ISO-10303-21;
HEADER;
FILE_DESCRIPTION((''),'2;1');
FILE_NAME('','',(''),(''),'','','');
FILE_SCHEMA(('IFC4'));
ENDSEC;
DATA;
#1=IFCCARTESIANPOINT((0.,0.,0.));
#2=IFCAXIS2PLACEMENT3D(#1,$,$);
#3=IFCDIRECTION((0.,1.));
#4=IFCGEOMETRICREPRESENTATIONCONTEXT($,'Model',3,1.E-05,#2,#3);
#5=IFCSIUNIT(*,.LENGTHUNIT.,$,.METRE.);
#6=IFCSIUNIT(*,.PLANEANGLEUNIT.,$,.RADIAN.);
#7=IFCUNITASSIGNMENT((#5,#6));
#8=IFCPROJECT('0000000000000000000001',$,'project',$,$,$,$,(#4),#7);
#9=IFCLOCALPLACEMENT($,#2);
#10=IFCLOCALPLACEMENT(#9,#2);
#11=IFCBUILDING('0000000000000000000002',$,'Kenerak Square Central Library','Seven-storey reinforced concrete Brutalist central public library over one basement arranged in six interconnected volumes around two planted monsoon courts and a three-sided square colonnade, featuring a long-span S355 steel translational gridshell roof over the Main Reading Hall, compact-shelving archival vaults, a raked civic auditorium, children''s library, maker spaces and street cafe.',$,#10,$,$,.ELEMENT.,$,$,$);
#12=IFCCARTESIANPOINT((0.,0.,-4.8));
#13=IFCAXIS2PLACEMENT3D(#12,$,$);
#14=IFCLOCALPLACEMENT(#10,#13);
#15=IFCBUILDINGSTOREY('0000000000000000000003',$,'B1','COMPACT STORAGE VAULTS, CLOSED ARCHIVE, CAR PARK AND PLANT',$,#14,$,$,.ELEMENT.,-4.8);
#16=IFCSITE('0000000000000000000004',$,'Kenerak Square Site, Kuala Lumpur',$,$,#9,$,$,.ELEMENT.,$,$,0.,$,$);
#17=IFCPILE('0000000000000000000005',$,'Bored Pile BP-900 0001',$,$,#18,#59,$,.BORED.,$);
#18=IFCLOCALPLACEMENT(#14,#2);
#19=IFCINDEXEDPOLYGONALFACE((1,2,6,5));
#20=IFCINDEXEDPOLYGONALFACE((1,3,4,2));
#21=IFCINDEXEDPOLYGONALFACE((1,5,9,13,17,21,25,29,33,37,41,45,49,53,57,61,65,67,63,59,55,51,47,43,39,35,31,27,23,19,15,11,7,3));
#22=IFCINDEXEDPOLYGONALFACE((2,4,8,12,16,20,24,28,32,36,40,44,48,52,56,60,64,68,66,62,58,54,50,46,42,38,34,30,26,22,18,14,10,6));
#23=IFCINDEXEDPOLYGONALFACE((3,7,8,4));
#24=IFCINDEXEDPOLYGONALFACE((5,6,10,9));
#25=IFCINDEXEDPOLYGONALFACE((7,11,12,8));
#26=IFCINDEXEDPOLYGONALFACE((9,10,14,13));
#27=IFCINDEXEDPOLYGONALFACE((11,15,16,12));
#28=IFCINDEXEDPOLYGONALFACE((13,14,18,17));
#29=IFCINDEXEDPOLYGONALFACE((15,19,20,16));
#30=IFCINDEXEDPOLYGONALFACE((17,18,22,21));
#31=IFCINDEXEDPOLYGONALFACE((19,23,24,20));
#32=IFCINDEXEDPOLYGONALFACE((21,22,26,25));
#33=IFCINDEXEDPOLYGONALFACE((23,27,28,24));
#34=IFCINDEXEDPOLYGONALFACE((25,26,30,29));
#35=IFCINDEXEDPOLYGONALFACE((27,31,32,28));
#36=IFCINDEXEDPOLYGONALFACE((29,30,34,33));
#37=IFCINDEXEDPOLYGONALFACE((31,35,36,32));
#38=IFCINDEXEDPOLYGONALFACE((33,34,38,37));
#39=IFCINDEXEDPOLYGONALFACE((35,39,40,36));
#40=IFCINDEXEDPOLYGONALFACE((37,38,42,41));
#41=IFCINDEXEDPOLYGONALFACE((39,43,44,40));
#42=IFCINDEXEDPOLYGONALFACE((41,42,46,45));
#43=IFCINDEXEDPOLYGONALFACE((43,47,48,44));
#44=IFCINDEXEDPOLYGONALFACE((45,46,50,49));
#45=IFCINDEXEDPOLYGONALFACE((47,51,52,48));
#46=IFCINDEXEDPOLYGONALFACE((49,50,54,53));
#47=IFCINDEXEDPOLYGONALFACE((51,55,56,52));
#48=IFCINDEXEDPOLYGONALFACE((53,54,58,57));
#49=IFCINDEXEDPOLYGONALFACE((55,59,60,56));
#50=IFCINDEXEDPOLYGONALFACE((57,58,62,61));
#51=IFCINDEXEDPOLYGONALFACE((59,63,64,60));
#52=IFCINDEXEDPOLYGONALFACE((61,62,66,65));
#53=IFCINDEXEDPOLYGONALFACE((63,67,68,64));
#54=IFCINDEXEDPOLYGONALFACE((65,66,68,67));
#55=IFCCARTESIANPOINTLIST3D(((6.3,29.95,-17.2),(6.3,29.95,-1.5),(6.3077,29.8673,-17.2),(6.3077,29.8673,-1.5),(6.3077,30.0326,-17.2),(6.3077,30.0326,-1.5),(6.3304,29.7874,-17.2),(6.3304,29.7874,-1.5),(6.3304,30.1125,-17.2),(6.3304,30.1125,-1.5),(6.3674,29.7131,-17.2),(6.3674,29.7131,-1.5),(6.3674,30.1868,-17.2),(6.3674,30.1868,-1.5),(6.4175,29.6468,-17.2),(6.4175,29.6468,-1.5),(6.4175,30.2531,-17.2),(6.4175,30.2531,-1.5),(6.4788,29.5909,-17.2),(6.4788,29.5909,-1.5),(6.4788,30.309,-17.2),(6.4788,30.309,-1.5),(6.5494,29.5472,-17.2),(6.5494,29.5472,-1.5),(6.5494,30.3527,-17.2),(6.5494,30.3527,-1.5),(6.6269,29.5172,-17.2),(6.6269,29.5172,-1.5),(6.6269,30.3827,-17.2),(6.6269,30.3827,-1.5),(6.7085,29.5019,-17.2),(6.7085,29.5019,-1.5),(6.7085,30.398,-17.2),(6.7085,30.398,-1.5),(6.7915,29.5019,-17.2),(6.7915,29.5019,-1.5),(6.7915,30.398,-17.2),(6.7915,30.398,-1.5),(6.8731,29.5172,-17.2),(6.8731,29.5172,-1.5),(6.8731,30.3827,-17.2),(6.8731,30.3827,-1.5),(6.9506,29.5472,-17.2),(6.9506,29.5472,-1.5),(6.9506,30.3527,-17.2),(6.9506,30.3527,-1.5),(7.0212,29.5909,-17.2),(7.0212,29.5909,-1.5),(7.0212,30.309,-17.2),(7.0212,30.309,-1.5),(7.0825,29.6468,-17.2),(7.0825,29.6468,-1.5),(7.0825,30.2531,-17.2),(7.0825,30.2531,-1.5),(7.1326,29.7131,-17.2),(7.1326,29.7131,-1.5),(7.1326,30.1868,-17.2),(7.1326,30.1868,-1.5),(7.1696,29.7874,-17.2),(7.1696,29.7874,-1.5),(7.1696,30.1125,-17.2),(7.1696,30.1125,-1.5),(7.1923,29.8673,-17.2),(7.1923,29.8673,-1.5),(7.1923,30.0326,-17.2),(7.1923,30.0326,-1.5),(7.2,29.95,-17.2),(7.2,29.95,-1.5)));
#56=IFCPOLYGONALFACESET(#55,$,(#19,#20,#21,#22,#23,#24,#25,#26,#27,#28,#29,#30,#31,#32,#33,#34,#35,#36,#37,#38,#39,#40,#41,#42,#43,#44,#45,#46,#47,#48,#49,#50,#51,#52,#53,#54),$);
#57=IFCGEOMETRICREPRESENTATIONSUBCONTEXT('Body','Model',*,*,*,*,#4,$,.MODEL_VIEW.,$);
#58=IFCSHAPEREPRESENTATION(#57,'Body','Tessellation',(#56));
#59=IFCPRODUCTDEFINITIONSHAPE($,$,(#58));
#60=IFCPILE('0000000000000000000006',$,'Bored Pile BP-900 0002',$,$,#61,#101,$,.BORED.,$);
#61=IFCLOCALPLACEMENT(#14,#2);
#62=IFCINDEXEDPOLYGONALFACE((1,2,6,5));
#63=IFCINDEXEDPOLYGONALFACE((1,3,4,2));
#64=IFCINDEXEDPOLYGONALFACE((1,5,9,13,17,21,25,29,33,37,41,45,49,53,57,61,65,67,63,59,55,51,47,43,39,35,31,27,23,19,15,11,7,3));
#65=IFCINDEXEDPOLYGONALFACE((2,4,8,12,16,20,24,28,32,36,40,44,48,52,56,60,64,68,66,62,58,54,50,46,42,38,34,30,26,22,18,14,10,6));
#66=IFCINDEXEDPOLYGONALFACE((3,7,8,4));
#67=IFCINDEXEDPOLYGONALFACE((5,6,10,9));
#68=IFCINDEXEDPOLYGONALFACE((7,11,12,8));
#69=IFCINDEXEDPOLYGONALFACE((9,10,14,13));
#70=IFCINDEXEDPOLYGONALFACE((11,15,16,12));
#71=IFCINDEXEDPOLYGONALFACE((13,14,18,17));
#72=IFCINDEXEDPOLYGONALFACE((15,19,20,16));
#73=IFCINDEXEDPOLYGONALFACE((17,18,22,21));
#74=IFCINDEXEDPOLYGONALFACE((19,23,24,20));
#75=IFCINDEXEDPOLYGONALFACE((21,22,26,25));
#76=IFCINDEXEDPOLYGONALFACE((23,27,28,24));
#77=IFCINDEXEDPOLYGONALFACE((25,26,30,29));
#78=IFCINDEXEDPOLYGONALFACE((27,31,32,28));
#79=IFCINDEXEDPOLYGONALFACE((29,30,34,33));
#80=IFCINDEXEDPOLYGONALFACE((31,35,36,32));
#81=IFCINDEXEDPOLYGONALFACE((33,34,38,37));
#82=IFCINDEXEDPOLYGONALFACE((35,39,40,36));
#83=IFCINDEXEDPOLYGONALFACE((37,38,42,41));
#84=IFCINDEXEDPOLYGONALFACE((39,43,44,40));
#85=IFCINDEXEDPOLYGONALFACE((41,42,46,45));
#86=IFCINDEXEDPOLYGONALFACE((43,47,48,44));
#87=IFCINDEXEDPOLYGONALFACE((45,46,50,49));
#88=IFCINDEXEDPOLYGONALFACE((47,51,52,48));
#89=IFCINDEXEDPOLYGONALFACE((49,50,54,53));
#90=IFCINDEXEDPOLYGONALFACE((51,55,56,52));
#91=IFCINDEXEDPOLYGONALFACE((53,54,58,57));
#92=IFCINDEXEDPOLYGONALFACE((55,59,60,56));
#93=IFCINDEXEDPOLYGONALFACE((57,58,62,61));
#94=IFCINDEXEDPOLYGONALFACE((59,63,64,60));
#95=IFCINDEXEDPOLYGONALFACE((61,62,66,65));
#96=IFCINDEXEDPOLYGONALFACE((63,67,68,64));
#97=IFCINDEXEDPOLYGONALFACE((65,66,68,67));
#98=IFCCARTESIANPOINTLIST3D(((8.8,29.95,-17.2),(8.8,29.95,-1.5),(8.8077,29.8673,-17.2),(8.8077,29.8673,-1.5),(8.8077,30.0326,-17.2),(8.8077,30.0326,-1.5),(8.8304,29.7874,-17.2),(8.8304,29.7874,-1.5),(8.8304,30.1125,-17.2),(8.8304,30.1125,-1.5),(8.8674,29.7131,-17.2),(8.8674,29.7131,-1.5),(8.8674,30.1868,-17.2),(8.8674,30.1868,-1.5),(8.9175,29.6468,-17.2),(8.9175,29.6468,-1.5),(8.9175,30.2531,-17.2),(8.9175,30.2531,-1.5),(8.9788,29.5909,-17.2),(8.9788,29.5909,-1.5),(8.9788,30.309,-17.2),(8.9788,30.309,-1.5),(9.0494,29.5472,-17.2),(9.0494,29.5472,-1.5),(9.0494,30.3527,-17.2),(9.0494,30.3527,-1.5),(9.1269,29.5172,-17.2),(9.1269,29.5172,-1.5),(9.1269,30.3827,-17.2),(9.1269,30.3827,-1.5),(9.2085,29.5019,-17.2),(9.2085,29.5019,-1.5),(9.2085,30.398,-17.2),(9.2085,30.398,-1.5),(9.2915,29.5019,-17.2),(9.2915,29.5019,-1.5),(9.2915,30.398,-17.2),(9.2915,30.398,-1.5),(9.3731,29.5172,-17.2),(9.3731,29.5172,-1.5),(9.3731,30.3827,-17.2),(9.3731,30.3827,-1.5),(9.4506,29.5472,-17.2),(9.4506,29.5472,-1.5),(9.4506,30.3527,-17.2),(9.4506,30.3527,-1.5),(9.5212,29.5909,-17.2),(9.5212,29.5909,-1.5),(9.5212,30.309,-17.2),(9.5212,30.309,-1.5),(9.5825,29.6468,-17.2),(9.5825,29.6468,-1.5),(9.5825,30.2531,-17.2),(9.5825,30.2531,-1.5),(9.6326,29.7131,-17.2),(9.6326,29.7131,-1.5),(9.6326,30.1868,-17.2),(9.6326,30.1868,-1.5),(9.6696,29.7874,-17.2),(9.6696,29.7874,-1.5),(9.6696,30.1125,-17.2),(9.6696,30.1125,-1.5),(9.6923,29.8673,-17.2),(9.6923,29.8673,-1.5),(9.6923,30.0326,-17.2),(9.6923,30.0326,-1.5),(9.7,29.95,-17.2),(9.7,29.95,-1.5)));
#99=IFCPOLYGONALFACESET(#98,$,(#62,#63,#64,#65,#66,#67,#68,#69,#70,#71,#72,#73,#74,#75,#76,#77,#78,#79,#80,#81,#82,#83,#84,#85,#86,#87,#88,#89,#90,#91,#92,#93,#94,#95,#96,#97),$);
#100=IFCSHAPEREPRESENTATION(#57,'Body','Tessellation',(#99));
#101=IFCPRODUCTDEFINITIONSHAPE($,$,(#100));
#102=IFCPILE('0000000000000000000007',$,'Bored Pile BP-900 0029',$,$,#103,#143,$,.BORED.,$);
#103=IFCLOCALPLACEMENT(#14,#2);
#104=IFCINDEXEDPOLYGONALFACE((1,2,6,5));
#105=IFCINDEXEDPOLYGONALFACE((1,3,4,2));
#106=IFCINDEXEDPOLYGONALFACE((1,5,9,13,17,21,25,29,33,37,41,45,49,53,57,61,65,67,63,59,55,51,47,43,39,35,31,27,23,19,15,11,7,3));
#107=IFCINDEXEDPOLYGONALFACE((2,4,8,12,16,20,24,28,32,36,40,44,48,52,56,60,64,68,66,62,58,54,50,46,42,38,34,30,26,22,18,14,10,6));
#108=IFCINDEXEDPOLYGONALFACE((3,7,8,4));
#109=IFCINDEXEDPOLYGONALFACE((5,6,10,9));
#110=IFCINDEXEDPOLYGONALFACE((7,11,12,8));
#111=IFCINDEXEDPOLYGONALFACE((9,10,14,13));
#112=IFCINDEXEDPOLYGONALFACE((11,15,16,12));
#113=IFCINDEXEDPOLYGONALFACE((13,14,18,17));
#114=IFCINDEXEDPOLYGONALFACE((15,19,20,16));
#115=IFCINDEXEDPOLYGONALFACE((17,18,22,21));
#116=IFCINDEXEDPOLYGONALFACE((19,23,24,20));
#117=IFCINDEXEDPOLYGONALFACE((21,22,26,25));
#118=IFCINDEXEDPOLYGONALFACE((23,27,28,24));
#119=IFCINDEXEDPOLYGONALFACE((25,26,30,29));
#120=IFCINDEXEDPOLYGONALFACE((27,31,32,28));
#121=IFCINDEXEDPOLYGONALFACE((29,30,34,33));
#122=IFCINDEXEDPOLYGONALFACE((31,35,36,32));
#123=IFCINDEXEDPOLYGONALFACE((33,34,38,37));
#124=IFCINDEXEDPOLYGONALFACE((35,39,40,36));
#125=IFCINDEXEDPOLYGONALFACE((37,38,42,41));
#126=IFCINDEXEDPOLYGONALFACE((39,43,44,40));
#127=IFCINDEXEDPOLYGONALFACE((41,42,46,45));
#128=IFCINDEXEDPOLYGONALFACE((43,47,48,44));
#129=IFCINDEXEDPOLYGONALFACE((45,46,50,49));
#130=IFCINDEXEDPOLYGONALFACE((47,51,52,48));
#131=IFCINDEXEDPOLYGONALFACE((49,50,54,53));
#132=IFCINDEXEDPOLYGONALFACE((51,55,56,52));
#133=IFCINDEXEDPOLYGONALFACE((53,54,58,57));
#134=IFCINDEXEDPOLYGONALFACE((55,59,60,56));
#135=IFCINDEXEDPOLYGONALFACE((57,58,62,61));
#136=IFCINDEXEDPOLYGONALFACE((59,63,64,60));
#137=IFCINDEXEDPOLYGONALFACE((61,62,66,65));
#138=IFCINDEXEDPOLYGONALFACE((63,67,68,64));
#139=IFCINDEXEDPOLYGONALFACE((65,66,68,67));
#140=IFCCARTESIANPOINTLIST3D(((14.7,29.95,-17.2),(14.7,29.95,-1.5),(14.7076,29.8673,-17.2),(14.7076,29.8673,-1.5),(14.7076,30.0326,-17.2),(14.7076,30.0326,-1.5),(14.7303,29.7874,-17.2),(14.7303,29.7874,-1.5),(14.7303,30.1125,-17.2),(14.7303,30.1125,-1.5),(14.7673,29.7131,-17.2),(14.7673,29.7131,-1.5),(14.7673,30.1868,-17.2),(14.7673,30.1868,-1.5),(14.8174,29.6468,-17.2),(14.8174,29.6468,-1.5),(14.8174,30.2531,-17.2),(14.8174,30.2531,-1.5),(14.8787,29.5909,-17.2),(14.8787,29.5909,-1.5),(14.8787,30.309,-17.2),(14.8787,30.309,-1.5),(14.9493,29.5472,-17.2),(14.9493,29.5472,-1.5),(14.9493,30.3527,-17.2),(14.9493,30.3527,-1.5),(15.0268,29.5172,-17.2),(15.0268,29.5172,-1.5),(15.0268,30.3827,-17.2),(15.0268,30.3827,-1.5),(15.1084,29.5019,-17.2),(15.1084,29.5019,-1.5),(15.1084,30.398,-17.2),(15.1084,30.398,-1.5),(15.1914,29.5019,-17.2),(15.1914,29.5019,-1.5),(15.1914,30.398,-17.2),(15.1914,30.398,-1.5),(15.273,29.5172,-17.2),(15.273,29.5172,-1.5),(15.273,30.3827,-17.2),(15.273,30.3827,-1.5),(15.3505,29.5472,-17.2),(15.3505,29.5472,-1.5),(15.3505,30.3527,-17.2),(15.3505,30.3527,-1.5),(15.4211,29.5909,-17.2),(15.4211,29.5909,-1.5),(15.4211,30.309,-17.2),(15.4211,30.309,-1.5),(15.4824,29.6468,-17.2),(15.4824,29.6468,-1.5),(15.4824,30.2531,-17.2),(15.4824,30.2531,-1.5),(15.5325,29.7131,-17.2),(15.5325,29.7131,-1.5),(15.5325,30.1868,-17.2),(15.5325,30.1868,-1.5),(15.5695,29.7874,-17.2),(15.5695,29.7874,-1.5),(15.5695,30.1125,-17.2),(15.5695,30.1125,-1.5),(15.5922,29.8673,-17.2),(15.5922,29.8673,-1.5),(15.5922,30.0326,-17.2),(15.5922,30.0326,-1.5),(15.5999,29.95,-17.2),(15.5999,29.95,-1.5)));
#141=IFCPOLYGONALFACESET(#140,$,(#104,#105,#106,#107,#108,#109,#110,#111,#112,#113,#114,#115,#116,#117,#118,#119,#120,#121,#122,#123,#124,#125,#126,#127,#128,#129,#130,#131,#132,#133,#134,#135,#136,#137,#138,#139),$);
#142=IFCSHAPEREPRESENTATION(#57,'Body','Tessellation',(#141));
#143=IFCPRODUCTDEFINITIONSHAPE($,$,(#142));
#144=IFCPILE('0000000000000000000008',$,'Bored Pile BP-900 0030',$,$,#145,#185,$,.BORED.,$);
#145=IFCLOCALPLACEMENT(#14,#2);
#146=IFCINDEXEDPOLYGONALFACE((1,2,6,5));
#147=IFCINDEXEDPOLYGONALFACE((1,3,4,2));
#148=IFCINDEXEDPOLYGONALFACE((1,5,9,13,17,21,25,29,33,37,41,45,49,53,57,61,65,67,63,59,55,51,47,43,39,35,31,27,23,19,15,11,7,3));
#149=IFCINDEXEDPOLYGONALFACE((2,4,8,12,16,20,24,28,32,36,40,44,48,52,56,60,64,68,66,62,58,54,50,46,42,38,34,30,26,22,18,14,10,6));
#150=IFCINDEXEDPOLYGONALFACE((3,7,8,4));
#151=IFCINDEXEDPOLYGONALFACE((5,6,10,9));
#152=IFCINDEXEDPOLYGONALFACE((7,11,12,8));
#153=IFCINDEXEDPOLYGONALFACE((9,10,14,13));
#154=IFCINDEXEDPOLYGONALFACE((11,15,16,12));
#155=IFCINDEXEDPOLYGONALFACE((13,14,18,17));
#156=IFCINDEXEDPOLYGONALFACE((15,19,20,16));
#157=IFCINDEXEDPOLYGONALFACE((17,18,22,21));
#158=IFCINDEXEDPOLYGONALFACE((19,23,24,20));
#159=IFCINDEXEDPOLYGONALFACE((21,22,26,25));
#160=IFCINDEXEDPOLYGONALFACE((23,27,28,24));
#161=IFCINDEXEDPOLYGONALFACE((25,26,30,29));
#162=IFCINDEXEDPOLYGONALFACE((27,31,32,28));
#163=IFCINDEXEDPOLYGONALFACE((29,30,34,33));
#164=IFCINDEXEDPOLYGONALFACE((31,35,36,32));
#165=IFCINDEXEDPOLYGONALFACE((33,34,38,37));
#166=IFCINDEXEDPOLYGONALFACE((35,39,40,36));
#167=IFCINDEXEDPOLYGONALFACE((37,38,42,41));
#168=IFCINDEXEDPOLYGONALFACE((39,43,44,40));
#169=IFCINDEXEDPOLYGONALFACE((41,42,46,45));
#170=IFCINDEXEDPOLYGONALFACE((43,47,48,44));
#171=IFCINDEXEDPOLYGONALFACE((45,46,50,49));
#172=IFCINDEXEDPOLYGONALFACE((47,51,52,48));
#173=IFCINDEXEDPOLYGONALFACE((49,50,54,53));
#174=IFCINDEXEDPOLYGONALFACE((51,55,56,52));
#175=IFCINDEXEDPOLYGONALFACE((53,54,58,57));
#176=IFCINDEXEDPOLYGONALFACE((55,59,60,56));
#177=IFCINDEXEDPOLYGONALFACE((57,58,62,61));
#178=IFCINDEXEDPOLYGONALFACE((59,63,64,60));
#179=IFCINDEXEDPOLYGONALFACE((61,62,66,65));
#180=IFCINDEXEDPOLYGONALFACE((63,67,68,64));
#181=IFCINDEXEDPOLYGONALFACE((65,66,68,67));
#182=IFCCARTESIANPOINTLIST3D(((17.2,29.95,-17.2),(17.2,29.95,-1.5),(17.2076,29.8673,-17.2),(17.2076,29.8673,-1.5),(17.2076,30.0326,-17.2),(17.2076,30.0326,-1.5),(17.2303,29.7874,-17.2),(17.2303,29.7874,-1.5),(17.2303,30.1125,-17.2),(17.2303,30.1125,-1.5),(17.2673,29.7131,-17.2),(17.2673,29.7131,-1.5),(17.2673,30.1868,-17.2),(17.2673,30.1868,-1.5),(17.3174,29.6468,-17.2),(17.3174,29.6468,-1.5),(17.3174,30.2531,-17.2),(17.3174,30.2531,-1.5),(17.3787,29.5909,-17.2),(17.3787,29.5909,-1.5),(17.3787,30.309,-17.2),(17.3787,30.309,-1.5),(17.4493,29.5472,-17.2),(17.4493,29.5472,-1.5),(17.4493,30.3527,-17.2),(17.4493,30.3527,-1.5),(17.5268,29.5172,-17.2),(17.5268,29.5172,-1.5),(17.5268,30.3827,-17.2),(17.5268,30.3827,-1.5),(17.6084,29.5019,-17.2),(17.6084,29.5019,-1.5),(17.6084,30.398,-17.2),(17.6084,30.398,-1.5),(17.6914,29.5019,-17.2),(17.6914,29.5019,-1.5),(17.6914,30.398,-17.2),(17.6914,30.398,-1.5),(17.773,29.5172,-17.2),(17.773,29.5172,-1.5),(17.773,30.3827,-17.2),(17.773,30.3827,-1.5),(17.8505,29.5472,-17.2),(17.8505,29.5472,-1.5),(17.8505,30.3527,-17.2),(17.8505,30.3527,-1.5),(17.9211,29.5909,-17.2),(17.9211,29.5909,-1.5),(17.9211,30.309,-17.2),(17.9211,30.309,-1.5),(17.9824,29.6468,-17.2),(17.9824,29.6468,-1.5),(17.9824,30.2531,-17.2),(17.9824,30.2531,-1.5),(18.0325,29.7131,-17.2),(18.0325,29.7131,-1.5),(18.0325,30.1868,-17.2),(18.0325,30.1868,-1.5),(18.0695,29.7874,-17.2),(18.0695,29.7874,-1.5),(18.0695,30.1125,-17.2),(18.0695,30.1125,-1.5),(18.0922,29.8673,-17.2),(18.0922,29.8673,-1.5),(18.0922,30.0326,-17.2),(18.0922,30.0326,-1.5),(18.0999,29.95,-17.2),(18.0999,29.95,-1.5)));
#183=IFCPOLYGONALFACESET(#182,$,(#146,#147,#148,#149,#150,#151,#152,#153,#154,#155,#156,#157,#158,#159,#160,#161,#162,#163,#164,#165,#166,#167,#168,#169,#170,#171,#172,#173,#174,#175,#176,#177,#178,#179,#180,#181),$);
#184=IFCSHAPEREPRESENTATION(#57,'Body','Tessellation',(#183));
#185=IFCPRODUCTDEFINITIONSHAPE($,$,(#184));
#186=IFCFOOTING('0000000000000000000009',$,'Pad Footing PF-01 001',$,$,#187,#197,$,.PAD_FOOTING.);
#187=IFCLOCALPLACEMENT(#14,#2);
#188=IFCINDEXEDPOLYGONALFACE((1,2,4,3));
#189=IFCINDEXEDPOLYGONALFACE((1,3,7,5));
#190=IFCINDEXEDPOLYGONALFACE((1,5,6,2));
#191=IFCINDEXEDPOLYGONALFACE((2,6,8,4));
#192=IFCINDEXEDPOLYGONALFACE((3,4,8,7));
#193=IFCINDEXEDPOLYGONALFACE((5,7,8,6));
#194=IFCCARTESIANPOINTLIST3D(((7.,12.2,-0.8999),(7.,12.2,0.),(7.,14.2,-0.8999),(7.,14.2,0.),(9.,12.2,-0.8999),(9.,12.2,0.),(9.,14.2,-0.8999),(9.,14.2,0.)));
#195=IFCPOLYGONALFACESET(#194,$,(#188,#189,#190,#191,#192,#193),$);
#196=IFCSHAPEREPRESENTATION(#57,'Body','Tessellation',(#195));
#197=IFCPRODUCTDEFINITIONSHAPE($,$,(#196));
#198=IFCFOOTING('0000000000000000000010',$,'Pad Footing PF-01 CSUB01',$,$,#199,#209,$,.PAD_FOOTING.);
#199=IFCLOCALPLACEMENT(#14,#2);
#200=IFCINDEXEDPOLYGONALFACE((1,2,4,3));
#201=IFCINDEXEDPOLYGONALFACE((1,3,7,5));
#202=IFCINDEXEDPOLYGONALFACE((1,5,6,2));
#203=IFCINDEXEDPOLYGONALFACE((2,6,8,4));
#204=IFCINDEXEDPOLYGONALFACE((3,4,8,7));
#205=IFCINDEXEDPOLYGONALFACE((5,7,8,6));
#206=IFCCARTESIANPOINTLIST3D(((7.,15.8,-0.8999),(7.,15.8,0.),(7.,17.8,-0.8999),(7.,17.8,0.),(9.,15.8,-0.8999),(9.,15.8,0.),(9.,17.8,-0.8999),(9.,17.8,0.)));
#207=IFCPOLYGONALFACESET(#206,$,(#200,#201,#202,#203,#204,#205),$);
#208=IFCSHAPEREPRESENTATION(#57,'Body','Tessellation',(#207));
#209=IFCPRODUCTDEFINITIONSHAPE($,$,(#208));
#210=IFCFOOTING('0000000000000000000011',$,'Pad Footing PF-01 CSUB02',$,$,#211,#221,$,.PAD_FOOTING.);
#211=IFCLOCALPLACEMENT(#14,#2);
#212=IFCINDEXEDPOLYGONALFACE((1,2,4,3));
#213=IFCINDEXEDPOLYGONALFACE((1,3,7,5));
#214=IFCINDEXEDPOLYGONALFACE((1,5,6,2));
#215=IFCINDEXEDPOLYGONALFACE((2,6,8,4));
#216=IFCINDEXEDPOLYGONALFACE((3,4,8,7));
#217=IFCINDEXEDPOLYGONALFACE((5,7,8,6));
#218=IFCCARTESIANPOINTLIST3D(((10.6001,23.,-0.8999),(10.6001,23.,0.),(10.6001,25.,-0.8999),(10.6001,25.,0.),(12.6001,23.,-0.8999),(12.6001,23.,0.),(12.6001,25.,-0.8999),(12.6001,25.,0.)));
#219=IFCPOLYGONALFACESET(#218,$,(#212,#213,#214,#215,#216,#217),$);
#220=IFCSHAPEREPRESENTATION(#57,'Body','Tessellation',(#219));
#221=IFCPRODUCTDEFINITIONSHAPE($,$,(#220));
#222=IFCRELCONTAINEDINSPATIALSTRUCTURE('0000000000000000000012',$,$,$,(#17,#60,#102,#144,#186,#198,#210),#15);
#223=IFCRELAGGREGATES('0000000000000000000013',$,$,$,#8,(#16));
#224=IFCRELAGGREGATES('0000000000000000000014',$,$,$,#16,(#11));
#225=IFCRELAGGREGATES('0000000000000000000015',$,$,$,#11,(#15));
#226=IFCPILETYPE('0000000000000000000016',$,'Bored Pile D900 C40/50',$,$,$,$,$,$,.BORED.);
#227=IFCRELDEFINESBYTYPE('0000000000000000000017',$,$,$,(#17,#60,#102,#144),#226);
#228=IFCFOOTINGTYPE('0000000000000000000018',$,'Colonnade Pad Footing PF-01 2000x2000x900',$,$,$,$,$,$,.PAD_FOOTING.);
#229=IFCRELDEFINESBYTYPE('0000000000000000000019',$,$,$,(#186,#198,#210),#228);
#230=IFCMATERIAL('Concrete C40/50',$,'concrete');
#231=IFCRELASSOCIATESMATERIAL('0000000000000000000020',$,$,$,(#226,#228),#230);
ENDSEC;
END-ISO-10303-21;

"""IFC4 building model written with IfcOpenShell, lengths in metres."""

from ifc_helpers import new_model, si_unit, direction, frame, origin, origin_2d, place, context, subcontext, project, spatial, rectangle, circle, extrude, material, material_profile, profile_set, type_object, element, save


model = new_model("IFC4")

# Units and contexts
model_context = context("Model", 3, precision=1e-05, world=origin(), true_north=direction((0.0, 1.0)))
body_context = subcontext(model_context, "Body", "Model", "MODEL_VIEW")
ifc_project = project(units=[si_unit("LENGTHUNIT", "METRE"), si_unit("PLANEANGLEUNIT", "RADIAN")], contexts=[model_context])

# Site, building, storey
site_placement = place(None, origin())
site = spatial("IfcSite", under=ifc_project, at=site_placement, Name="Kenerak Square Site, Kuala Lumpur", CompositionType="ELEMENT", RefElevation=0.0)
building_placement = place(site_placement, origin())
building = spatial("IfcBuilding", under=site, at=building_placement, Name="Kenerak Square Central Library", Description="Seven-storey reinforced concrete Brutalist central public library over one basement arranged in six interconnected volumes around two planted monsoon courts and a three-sided square colonnade, featuring a long-span S355 steel translational gridshell roof over the Main Reading Hall, compact-shelving archival vaults, a raked civic auditorium, children's library, maker spaces and street cafe.", CompositionType="ELEMENT")
storey_placement = place(building_placement, frame((0.0, 0.0, -4.8)))
storey = spatial("IfcBuildingStorey", under=building, at=storey_placement, Name="B1", Description="COMPACT STORAGE VAULTS, CLOSED ARCHIVE, CAR PARK AND PLANT", CompositionType="ELEMENT", Elevation=-4.8)

# Piles
ifc_material_1 = material(Name="Concrete C40/50", Category="concrete")
ifc_material_profile_1 = material_profile(ifc_material_1, circle(Radius=0.45, at=origin_2d()), Name="BP D900")
ifc_profile_set_1 = profile_set([ifc_material_profile_1], Name="Concrete C40/50")
pile_type = type_object("IfcPileType", Name="Bored Pile D900 C40/50", PredefinedType="BORED", material=ifc_profile_set_1)
for number, where, z_axis, x_axis, name in (
    (1, (6.75, 29.95, -1.5), (0.0, 0.0, -1.0), (1.0, 0.0, 0.0), "Bored Pile BP-900 0001"),
    (2, (9.25, 29.95, -1.5), (0.0, 0.0, -1.0), (1.0, 0.0, 0.0), "Bored Pile BP-900 0002"),
    (3, (15.1499, 29.95, -1.5), (0.0, 0.0, -1.0), (1.0, 0.0, 0.0), "Bored Pile BP-900 0029"),
    (4, (17.6499, 29.95, -1.5), (0.0, 0.0, -1.0), (1.0, 0.0, 0.0), "Bored Pile BP-900 0030"),
):
    element("IfcPile", number, at=place(storey_placement, frame(where, z_axis=z_axis, x_axis=x_axis)), inside=storey, type_object=pile_type, Name=name, PredefinedType="BORED", context=body_context, shape_type="SweptSolid", body=[
        extrude(circle(Radius=0.45, at=origin_2d()), origin(), (0.0, 0.0, 1.0), 15.7),
    ])

# Footings
footing_type_1 = type_object("IfcFootingType", Name="Colonnade Pad Footing PF-01 2000x2000x900", PredefinedType="PAD_FOOTING", material=ifc_material_1)
for number, where, z_axis, x_axis, name in (
    (5, (8.0, 13.2, -0.8999), (0.0, 0.0, 1.0), (1.0, 0.0, 0.0), "Pad Footing PF-01 001"),
    (6, (8.0, 16.8, -0.8999), (0.0, 0.0, 1.0), (1.0, 0.0, 0.0), "Pad Footing PF-01 CSUB01"),
    (7, (11.6001, 24.0, -0.8999), (0.0, 0.0, 1.0), (1.0, 0.0, 0.0), "Pad Footing PF-01 CSUB02"),
):
    element("IfcFooting", number, at=place(storey_placement, frame(where, z_axis=z_axis, x_axis=x_axis)), inside=storey, type_object=footing_type_1, Name=name, PredefinedType="PAD_FOOTING", context=body_context, shape_type="SweptSolid", body=[
        extrude(rectangle(XDim=2.0, YDim=2.0, at=origin_2d()), origin(), (0.0, 0.0, 1.0), 0.8999),
    ])

save(model, "model.ifc")
